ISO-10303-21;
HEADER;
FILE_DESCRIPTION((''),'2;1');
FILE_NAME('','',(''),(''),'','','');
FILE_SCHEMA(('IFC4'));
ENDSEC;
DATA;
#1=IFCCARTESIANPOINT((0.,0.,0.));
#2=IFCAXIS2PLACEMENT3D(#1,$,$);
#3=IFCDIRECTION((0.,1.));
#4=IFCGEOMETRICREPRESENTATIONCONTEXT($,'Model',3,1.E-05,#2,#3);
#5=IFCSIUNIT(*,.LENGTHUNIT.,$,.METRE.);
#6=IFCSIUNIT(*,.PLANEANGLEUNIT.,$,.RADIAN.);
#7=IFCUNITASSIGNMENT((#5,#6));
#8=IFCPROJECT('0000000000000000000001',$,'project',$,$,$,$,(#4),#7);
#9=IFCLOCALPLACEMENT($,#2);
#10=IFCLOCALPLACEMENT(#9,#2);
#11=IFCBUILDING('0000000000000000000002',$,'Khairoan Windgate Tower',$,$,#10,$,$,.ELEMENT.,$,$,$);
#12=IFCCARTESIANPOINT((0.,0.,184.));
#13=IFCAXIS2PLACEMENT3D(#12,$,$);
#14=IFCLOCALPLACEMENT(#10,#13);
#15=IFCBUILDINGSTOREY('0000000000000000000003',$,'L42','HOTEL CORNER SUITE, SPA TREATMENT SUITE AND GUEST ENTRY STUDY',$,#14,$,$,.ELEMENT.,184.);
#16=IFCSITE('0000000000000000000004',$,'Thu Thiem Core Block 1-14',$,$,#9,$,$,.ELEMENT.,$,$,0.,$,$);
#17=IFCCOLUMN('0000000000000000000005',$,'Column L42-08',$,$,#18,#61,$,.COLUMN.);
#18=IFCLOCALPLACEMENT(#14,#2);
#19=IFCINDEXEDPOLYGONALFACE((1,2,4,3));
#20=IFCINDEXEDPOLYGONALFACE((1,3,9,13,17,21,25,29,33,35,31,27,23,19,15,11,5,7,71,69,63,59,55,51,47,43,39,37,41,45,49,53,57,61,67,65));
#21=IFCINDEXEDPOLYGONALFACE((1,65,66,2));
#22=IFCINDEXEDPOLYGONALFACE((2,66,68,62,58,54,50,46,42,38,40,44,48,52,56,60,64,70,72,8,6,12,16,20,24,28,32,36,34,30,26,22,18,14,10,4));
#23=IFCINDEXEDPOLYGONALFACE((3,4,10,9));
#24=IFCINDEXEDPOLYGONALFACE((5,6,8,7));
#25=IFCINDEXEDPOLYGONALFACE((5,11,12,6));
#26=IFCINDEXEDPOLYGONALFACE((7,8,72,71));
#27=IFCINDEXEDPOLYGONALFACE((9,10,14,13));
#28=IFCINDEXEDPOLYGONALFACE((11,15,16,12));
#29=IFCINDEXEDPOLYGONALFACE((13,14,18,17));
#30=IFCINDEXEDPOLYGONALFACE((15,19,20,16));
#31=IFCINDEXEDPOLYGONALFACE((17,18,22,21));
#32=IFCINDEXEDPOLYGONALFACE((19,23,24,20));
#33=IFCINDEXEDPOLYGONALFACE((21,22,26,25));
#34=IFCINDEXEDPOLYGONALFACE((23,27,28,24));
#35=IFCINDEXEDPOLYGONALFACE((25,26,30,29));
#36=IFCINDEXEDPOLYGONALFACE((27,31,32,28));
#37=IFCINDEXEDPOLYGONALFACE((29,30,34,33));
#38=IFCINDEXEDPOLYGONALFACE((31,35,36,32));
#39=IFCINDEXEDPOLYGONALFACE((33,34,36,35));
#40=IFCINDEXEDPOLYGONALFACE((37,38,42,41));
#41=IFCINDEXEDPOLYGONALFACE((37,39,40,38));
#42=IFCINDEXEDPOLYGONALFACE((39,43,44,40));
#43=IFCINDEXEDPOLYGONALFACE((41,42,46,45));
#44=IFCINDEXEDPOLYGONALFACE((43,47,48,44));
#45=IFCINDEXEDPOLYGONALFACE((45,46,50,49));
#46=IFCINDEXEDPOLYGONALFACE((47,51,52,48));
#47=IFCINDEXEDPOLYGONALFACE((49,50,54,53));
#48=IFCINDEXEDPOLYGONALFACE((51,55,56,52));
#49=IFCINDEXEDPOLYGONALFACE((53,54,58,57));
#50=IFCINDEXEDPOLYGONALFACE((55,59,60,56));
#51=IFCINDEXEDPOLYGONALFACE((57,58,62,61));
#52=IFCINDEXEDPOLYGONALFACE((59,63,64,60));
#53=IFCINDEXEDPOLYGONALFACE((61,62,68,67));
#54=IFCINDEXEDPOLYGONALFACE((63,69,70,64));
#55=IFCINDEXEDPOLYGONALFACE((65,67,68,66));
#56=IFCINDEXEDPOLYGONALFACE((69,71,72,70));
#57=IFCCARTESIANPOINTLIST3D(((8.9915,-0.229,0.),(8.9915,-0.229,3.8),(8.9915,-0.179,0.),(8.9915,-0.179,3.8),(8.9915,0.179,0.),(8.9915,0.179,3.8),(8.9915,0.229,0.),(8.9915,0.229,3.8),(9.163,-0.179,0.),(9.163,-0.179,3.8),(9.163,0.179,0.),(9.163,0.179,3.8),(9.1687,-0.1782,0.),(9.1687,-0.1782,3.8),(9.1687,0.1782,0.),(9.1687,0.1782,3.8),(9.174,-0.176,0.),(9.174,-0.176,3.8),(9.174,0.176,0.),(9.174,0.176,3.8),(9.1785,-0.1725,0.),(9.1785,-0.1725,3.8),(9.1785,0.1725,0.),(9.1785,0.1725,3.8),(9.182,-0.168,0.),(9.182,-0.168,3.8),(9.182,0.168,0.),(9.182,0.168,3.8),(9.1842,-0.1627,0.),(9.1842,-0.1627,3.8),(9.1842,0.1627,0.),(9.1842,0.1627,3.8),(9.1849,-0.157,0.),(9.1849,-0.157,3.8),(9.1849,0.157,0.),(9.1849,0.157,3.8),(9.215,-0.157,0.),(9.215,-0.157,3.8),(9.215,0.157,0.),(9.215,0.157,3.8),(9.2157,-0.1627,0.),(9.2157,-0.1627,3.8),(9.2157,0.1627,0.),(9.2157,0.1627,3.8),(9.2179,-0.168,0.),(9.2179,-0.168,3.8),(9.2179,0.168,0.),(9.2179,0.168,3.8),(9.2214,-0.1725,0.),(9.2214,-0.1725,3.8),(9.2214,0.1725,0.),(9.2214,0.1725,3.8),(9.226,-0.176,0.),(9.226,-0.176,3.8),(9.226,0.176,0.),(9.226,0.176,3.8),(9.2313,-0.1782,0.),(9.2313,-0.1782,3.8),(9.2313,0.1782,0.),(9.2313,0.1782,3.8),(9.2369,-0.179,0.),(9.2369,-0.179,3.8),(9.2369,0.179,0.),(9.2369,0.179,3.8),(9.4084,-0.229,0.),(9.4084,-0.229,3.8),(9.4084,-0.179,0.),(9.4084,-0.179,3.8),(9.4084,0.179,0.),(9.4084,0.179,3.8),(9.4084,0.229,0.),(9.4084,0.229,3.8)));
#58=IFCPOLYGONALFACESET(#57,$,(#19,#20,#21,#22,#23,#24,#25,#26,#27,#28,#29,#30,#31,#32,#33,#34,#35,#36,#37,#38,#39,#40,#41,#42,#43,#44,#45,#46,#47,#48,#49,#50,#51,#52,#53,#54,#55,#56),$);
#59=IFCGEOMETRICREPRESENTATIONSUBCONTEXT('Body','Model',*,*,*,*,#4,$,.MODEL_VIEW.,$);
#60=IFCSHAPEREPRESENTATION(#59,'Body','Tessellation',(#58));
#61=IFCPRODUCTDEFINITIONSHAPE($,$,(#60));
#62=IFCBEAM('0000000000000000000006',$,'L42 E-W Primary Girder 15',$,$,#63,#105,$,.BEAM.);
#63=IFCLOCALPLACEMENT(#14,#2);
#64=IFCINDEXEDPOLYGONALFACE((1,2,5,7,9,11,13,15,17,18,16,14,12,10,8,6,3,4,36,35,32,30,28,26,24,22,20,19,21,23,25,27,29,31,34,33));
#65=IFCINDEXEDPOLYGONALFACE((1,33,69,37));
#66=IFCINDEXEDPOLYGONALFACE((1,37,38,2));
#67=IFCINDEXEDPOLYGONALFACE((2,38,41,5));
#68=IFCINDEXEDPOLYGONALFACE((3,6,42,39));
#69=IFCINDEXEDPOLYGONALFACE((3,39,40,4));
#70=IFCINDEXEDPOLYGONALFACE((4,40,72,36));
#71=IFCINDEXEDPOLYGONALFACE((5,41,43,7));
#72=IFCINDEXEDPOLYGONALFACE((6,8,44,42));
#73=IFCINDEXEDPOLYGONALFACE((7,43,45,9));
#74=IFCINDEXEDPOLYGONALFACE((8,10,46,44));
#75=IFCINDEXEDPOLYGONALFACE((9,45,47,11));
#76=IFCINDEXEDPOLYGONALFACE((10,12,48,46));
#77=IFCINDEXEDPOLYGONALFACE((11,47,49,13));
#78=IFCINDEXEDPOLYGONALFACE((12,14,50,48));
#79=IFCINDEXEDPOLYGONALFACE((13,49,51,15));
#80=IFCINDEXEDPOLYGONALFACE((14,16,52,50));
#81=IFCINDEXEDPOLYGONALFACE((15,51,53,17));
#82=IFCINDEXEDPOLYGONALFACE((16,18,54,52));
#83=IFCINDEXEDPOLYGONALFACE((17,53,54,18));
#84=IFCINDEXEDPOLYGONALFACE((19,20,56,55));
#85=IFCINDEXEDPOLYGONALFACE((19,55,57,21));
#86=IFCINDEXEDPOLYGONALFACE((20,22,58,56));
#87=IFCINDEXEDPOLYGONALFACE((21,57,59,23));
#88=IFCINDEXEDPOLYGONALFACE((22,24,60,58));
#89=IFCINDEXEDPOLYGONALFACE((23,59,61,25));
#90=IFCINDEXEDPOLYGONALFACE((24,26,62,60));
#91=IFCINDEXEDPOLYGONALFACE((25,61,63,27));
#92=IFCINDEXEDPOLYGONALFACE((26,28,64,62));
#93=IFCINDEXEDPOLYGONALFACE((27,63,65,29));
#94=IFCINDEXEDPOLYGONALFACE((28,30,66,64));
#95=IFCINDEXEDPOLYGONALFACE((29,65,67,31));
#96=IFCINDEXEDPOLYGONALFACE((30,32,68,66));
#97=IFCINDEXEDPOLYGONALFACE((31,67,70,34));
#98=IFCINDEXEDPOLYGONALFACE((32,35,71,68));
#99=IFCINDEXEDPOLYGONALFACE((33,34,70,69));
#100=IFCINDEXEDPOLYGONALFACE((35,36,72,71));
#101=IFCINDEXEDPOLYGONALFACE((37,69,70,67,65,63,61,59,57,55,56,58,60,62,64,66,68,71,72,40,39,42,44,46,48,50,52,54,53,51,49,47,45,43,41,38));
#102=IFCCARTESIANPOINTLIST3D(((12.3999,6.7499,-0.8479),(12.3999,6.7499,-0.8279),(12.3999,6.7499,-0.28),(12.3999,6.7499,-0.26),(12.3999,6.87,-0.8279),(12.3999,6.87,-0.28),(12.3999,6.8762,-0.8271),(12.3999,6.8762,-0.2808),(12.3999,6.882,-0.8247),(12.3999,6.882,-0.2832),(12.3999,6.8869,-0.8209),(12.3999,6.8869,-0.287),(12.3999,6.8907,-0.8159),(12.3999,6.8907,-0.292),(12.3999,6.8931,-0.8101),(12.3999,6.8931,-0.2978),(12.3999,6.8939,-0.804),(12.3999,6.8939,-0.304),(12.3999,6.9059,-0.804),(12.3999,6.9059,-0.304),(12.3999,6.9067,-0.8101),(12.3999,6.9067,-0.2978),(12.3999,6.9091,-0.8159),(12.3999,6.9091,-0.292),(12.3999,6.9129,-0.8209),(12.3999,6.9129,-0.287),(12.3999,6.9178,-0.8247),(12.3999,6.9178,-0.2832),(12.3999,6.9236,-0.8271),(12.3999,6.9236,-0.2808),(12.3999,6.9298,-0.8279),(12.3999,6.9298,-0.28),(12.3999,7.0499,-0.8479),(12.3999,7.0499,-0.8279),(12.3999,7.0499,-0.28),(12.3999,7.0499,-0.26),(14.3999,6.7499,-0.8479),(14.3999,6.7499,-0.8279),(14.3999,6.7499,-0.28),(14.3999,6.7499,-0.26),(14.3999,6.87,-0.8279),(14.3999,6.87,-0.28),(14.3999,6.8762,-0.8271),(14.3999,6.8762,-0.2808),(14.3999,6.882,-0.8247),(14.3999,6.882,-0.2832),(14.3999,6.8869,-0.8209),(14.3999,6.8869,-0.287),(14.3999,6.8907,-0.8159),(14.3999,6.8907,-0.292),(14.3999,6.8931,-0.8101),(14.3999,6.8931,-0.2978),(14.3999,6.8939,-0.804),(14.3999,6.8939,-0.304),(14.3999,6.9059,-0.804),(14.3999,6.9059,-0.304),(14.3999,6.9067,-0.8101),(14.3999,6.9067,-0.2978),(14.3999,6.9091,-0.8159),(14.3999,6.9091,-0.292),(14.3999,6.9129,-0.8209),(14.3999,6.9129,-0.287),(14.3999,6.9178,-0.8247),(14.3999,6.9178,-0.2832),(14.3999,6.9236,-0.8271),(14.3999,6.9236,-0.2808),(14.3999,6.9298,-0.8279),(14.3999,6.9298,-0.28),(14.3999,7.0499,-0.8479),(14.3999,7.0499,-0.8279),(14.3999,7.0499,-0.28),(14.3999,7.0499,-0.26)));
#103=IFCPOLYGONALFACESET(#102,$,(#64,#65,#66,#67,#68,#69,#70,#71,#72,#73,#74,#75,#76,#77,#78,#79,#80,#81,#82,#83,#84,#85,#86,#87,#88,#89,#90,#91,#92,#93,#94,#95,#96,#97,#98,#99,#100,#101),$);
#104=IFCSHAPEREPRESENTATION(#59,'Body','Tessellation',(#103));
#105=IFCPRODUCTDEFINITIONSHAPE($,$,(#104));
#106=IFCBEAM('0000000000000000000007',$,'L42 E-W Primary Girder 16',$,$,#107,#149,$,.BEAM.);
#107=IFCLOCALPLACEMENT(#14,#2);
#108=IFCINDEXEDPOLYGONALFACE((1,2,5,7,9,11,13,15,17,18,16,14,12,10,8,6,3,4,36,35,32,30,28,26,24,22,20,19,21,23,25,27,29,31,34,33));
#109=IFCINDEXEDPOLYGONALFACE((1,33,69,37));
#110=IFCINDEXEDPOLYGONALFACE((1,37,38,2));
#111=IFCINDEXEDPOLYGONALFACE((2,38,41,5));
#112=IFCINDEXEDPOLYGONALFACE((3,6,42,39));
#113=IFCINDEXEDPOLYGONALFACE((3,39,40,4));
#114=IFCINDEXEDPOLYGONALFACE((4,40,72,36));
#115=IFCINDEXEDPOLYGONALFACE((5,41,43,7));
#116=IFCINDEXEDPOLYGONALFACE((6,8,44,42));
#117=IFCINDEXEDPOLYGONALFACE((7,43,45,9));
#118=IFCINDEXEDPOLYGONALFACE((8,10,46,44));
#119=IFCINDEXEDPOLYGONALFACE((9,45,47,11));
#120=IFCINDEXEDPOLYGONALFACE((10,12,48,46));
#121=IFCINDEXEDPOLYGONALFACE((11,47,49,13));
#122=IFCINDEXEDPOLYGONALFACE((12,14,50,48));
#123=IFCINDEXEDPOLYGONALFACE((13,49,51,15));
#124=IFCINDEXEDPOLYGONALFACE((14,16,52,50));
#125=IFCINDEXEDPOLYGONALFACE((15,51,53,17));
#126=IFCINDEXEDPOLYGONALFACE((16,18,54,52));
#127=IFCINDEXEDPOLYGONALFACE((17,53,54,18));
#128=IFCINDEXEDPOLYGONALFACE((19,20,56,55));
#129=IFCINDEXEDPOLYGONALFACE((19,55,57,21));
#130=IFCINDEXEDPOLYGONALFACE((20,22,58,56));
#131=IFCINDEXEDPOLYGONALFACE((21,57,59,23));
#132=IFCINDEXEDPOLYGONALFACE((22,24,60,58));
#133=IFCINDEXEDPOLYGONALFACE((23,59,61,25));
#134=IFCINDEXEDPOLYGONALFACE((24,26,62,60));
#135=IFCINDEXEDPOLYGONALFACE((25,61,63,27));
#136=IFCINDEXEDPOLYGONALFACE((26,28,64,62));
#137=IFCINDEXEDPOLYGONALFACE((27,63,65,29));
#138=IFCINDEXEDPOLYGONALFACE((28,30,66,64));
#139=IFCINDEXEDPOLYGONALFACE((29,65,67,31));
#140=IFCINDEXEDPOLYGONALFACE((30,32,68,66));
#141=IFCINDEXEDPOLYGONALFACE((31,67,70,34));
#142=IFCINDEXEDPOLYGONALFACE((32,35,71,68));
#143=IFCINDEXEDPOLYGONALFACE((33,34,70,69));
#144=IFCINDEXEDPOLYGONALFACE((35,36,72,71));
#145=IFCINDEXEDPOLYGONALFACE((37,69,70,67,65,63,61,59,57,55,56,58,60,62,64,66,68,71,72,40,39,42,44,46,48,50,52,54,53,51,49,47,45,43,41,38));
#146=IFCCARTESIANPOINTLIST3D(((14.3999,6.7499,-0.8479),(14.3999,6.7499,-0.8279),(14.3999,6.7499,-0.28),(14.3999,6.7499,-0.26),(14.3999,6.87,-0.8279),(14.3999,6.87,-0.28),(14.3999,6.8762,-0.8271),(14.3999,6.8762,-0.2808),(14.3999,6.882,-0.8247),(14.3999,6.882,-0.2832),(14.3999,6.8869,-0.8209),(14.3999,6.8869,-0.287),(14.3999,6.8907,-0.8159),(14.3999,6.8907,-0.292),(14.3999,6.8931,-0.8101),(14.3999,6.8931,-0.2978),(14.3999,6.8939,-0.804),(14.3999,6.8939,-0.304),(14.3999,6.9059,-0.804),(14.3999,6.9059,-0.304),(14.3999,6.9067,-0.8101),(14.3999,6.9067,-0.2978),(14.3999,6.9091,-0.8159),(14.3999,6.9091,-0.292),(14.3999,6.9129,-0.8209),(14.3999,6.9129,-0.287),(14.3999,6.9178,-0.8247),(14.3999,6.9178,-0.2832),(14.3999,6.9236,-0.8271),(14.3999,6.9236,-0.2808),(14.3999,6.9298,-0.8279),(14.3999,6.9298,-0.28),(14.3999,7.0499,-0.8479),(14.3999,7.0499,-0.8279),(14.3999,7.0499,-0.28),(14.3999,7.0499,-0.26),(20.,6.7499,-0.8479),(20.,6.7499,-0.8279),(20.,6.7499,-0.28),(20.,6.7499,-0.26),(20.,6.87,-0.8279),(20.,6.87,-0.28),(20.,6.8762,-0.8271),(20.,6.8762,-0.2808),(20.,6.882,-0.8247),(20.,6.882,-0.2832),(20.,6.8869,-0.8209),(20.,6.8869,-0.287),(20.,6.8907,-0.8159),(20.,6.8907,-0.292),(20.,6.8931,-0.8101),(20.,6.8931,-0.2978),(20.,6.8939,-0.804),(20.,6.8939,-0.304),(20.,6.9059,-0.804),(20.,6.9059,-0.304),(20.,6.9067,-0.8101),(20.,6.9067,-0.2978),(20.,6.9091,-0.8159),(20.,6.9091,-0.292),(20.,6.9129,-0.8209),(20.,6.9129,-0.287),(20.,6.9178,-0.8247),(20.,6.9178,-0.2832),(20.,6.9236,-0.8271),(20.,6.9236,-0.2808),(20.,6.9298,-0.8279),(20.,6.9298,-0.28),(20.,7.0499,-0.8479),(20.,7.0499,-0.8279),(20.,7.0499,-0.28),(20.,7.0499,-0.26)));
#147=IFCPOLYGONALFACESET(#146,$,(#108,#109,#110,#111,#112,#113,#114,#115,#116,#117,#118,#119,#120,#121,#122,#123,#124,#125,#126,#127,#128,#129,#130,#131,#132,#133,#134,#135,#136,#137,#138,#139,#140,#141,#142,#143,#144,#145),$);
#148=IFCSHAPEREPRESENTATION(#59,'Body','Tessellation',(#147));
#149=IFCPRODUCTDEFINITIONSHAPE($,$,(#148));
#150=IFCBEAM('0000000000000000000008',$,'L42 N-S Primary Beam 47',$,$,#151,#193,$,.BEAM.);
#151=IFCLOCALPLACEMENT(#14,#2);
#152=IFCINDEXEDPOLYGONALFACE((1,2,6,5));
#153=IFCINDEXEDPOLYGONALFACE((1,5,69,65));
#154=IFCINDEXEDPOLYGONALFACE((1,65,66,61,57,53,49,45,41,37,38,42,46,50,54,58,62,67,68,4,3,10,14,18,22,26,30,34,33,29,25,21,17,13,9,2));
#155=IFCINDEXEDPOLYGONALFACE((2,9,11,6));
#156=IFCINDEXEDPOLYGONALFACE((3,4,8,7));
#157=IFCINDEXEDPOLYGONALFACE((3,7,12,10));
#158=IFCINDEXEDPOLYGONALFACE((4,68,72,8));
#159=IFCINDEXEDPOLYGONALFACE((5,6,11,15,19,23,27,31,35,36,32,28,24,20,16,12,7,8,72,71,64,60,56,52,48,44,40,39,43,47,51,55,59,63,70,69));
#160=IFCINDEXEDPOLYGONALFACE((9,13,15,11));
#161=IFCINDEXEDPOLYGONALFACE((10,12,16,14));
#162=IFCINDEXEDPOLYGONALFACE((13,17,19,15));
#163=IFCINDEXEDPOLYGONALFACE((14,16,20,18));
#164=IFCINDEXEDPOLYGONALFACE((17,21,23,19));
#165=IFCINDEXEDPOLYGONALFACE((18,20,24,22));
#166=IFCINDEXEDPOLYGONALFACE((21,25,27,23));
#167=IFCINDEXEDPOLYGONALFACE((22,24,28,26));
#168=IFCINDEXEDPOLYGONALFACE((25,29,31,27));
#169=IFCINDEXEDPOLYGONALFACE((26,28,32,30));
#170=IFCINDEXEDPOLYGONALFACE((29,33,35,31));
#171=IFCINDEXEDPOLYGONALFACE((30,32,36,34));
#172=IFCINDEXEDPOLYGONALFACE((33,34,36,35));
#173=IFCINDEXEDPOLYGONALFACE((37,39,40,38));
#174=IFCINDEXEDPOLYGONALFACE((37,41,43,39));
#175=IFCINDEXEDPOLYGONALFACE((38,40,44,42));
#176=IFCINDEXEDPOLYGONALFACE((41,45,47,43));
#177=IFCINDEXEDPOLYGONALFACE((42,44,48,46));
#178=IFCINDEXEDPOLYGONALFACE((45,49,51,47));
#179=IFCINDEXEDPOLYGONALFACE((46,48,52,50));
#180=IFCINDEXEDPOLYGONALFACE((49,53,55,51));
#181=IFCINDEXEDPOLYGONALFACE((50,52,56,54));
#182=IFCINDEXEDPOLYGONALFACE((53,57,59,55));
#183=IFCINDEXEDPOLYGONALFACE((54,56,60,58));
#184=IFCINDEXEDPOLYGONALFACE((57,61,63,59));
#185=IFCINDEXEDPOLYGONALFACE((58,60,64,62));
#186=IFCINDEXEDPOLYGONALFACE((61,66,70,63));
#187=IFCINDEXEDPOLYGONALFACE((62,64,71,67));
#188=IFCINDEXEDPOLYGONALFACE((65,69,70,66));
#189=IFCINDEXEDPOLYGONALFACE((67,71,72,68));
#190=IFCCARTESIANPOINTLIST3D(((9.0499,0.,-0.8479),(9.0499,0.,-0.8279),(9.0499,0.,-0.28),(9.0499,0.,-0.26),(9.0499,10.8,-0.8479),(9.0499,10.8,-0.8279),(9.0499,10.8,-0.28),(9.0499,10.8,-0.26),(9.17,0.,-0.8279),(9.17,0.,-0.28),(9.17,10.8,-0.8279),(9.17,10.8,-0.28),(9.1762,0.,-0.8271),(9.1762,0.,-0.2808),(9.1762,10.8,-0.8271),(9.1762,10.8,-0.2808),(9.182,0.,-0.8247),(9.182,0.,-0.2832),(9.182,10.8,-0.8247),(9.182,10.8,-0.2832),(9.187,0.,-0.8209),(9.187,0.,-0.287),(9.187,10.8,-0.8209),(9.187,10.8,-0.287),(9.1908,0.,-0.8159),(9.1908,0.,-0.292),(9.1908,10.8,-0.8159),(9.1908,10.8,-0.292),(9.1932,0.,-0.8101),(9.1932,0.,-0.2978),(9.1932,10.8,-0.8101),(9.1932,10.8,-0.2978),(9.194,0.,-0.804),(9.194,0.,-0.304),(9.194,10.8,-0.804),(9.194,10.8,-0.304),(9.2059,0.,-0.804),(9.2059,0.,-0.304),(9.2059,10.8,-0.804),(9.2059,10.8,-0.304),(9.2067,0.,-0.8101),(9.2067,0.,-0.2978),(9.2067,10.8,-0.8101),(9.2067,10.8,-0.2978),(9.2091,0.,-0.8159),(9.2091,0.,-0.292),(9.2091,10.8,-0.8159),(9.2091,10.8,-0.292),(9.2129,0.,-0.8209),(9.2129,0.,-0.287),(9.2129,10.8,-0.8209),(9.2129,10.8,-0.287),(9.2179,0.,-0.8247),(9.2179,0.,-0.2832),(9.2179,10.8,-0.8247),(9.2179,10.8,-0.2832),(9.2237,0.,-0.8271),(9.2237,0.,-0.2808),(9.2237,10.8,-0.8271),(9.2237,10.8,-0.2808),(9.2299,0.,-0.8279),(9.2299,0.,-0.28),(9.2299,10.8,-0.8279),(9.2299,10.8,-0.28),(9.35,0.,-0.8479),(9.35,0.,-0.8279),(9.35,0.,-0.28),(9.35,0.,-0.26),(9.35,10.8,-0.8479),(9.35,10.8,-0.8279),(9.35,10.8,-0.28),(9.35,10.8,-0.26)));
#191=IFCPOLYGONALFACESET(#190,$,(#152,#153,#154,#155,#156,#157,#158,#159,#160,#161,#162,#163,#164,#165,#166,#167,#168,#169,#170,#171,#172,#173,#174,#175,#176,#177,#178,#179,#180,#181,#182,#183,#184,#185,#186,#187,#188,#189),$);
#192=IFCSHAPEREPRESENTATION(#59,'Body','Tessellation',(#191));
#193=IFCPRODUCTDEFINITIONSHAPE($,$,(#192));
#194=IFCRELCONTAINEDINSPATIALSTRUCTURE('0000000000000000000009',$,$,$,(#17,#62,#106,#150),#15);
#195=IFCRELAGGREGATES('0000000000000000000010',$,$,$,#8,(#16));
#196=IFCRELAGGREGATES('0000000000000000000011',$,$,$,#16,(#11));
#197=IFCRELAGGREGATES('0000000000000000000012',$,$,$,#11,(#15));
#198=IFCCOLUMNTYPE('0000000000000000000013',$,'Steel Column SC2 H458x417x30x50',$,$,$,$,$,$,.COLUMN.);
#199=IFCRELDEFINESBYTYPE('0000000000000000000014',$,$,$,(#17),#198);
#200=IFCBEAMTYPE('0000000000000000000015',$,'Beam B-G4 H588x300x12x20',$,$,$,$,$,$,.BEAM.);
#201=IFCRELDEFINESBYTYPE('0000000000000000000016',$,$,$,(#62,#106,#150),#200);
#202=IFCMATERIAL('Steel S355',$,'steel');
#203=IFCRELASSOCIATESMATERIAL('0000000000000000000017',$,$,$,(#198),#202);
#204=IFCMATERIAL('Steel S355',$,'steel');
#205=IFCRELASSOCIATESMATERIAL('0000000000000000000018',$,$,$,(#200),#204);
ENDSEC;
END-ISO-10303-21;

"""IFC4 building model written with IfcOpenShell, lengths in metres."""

from ifc_helpers import new_model, si_unit, direction, frame, origin, origin_2d, place, context, subcontext, project, spatial, i_section, extrude, material, material_profile, profile_set, type_object, element, save


model = new_model("IFC4")

# Units and contexts
model_context = context("Model", 3, precision=1e-05, world=origin(), true_north=direction((0.0, 1.0)))
body_context = subcontext(model_context, "Body", "Model", "MODEL_VIEW")
ifc_project = project(units=[si_unit("LENGTHUNIT", "METRE"), si_unit("PLANEANGLEUNIT", "RADIAN")], contexts=[model_context])

# Site, building, storey
site_placement = place(None, origin())
site = spatial("IfcSite", under=ifc_project, at=site_placement, Name="Thu Thiem Core Block 1-14", CompositionType="ELEMENT", RefElevation=0.0)
building_placement = place(site_placement, origin())
building = spatial("IfcBuilding", under=site, at=building_placement, Name="Khairoan Windgate Tower", CompositionType="ELEMENT")
storey_placement = place(building_placement, frame((0.0, 0.0, 184.0)))
storey = spatial("IfcBuildingStorey", under=building, at=storey_placement, Name="L42", Description="HOTEL CORNER SUITE, SPA TREATMENT SUITE AND GUEST ENTRY STUDY", CompositionType="ELEMENT", Elevation=184.0)

# Column
ifc_material_1 = material(Name="Steel S355", Category="steel")
ifc_material_profile_1 = material_profile(ifc_material_1, i_section(OverallWidth=0.417, OverallDepth=0.458, WebThickness=0.03, FlangeThickness=0.05, FilletRadius=0.022, at=origin_2d()))
ifc_profile_set_1 = profile_set([ifc_material_profile_1], Name="Steel S355")
column_type = type_object("IfcColumnType", Name="Steel Column SC2 H458x417x30x50", PredefinedType="COLUMN", material=ifc_profile_set_1)
column_placement = place(storey_placement, frame((9.2, 0.0, 0.0), z_axis=(0.0, 0.0, 1.0), x_axis=(1.0, 0.0, 0.0)))
element("IfcColumn", 1, at=column_placement, inside=storey, type_object=column_type, Name="Column L42-08", PredefinedType="COLUMN", context=body_context, shape_type="SweptSolid", body=[
    extrude(i_section(OverallWidth=0.417, OverallDepth=0.458, WebThickness=0.03, FlangeThickness=0.05, FilletRadius=0.022, at=origin_2d()), origin(), (0.0, 0.0, 1.0), 3.8),
])

# Beams
ifc_material_2 = material(Name="Steel S355", Category="steel")
ifc_material_profile_2 = material_profile(ifc_material_2, i_section(OverallWidth=0.3, OverallDepth=0.5879, WebThickness=0.012, FlangeThickness=0.02, FilletRadius=0.0239, at=origin_2d()))
ifc_profile_set_2 = profile_set([ifc_material_profile_2], Name="Steel S355")
beam_type_1 = type_object("IfcBeamType", Name="Beam B-G4 H588x300x12x20", PredefinedType="BEAM", material=ifc_profile_set_2)
beam_1_placement = place(storey_placement, frame((12.3999, 6.8999, -0.554), z_axis=(1.0, 0.0, 0.0), x_axis=(0.0, 1.0, 0.0)))
element("IfcBeam", 2, at=beam_1_placement, inside=storey, type_object=beam_type_1, Name="L42 E-W Primary Girder 15", PredefinedType="BEAM", context=body_context, shape_type="SweptSolid", body=[
    extrude(i_section(OverallWidth=0.3, OverallDepth=0.5879, WebThickness=0.012, FlangeThickness=0.02, FilletRadius=0.0239, at=origin_2d()), origin(), (0.0, 0.0, 1.0), 2.0),
])
beam_2_placement = place(storey_placement, frame((14.3999, 6.8999, -0.554), z_axis=(1.0, 0.0, 0.0), x_axis=(0.0, 1.0, 0.0)))
element("IfcBeam", 3, at=beam_2_placement, inside=storey, type_object=beam_type_1, Name="L42 E-W Primary Girder 16", PredefinedType="BEAM", context=body_context, shape_type="SweptSolid", body=[
    extrude(i_section(OverallWidth=0.3, OverallDepth=0.5879, WebThickness=0.012, FlangeThickness=0.02, FilletRadius=0.0239, at=origin_2d()), origin(), (0.0, 0.0, 1.0), 5.6001),
])
beam_3_placement = place(storey_placement, frame((9.2, 0.0, -0.554), z_axis=(0.0, 1.0, 0.0), x_axis=(-1.0, 0.0, 0.0)))
element("IfcBeam", 4, at=beam_3_placement, inside=storey, type_object=beam_type_1, Name="L42 N-S Primary Beam 47", PredefinedType="BEAM", context=body_context, shape_type="SweptSolid", body=[
    extrude(i_section(OverallWidth=0.3, OverallDepth=0.5879, WebThickness=0.012, FlangeThickness=0.02, FilletRadius=0.0239, at=origin_2d()), origin(), (0.0, 0.0, 1.0), 10.8),
])

save(model, "model.ifc")
